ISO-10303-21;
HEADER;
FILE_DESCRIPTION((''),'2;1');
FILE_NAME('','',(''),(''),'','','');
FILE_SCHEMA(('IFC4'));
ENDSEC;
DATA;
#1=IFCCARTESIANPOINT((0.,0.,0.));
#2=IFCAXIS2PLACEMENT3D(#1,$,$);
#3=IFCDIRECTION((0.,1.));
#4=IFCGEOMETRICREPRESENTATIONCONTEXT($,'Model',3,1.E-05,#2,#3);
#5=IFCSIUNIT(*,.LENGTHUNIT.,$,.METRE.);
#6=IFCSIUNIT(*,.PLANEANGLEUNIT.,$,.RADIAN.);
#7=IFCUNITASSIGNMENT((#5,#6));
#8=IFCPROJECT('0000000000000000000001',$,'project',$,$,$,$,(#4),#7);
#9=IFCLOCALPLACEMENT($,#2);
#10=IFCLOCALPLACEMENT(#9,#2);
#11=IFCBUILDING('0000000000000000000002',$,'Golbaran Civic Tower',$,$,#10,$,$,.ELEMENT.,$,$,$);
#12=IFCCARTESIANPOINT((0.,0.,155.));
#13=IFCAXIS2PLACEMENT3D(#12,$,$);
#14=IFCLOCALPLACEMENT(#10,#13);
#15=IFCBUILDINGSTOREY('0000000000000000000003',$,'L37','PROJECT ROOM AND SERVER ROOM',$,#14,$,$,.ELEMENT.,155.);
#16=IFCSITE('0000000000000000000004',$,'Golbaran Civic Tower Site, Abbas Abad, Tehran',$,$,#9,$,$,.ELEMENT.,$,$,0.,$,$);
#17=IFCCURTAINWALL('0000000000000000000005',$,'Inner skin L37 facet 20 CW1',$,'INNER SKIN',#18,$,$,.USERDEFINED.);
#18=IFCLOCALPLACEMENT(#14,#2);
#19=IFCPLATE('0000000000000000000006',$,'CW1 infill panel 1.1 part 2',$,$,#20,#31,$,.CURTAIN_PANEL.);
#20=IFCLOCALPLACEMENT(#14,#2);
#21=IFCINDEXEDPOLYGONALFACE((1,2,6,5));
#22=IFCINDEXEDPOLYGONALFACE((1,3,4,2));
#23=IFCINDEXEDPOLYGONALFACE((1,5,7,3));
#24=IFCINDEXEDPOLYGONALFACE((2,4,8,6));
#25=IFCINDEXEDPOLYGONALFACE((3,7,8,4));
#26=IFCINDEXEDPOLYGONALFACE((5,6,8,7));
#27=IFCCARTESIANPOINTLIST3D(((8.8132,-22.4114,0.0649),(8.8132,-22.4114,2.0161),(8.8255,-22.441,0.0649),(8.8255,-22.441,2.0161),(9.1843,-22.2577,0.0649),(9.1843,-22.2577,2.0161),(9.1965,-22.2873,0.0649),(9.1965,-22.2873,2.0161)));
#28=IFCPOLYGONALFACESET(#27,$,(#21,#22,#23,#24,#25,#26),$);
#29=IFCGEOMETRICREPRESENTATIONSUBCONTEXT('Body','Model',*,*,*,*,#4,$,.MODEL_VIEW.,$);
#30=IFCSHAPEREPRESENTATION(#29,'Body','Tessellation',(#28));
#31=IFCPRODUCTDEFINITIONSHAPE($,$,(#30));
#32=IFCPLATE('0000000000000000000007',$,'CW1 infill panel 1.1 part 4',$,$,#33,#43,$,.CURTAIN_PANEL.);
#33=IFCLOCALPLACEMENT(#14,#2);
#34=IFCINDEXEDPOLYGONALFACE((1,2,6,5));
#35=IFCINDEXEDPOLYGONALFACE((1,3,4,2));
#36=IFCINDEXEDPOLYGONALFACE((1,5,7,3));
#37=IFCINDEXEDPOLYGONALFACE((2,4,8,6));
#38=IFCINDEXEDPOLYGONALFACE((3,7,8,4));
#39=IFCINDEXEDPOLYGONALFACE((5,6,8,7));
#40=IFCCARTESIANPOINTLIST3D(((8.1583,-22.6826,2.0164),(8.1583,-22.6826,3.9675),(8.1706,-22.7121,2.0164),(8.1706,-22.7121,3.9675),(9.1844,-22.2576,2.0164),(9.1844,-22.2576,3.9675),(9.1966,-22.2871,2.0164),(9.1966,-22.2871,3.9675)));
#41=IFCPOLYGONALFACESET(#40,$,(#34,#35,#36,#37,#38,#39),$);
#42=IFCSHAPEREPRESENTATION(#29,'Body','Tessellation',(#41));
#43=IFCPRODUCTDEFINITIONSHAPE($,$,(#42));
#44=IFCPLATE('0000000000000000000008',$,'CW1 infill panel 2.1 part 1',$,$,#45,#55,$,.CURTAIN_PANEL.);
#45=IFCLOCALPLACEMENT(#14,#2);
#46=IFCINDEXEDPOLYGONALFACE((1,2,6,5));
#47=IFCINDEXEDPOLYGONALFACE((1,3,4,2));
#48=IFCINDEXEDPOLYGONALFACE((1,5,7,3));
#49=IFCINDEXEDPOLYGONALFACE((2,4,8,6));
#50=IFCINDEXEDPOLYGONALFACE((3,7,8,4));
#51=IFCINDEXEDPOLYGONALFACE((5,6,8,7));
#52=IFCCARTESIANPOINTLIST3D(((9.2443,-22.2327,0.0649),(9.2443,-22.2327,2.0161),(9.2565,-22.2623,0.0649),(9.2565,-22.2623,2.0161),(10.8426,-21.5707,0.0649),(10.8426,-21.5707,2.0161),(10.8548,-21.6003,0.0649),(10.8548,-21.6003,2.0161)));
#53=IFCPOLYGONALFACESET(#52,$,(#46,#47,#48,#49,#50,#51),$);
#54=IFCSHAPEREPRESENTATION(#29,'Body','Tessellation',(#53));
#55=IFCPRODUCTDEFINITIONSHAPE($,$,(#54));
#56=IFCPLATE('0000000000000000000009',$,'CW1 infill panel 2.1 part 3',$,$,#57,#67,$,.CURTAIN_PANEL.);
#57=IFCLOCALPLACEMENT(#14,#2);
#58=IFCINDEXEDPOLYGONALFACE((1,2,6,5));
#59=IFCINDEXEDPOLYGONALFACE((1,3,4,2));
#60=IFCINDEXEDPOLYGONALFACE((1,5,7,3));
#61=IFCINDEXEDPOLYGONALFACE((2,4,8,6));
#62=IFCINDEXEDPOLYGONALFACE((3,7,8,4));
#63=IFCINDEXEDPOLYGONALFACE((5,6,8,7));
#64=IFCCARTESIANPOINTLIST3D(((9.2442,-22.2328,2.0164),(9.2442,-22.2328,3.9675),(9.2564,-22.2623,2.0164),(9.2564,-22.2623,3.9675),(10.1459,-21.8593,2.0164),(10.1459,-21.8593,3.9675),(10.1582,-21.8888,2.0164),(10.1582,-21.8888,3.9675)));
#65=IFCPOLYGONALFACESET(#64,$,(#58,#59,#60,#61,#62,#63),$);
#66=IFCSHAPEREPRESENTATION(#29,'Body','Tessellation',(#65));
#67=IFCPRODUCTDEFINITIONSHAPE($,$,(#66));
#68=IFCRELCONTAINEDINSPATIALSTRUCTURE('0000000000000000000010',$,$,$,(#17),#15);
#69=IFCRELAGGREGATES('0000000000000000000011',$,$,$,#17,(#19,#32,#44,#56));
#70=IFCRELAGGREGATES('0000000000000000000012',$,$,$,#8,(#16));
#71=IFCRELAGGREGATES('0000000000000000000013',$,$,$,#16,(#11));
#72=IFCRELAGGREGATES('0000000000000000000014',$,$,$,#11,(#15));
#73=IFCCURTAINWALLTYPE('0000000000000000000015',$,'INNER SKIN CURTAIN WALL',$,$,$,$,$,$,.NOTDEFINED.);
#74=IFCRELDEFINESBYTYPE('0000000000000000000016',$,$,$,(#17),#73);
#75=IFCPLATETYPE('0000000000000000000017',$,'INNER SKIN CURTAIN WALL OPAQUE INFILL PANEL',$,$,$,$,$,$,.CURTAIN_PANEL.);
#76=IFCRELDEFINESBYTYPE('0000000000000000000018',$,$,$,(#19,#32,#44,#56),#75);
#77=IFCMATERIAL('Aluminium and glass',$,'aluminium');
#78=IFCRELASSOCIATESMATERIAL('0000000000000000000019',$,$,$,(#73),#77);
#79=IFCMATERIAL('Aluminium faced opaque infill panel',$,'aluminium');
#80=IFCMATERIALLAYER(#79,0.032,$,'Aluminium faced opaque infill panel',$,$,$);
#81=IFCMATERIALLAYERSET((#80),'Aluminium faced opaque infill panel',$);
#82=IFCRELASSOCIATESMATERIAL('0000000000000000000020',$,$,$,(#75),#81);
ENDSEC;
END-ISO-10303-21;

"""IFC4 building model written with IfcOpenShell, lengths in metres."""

from ifc_helpers import new_model, si_unit, direction, frame, origin, origin_2d, place, context, subcontext, project, spatial, rectangle, extrude, material, layer, layer_set, type_object, element, aggregate, save


model = new_model("IFC4")

# Units and contexts
model_context = context("Model", 3, precision=1e-05, world=origin(), true_north=direction((0.0, 1.0)))
body_context = subcontext(model_context, "Body", "Model", "MODEL_VIEW")
ifc_project = project(units=[si_unit("LENGTHUNIT", "METRE"), si_unit("PLANEANGLEUNIT", "RADIAN")], contexts=[model_context])

# Site, building, storey
site_placement = place(None, origin())
site = spatial("IfcSite", under=ifc_project, at=site_placement, Name="Golbaran Civic Tower Site, Abbas Abad, Tehran", CompositionType="ELEMENT", RefElevation=0.0)
building_placement = place(site_placement, origin())
building = spatial("IfcBuilding", under=site, at=building_placement, Name="Golbaran Civic Tower", CompositionType="ELEMENT")
storey_placement = place(building_placement, frame((0.0, 0.0, 155.0)))
storey = spatial("IfcBuildingStorey", under=building, at=storey_placement, Name="L37", Description="PROJECT ROOM AND SERVER ROOM", CompositionType="ELEMENT", Elevation=155.0)

# Curtain wall
ifc_material_1 = material(Name="Aluminium and glass", Category="aluminium")
curtain_wall_type = type_object("IfcCurtainWallType", Name="INNER SKIN CURTAIN WALL", PredefinedType="NOTDEFINED", material=ifc_material_1)
curtain_wall_1_placement = place(storey_placement, origin())
curtain_wall_1 = element("IfcCurtainWall", 1, at=curtain_wall_1_placement, inside=storey, type_object=curtain_wall_type, Name="Inner skin L37 facet 20 CW1", ObjectType="INNER SKIN", PredefinedType="USERDEFINED")

# Plates
ifc_material_2 = material(Name="Aluminium faced opaque infill panel", Category="aluminium")
ifc_layer_1 = layer(ifc_material_2, 0.032, Name="Aluminium faced opaque infill panel")
ifc_layer_set_1 = layer_set([ifc_layer_1], Name="Aluminium faced opaque infill panel")
plate_type_1 = type_object("IfcPlateType", Name="INNER SKIN CURTAIN WALL OPAQUE INFILL PANEL", PredefinedType="CURTAIN_PANEL", material=ifc_layer_set_1)
plate_1_placement = place(storey_placement, frame((9.0049, -22.3494, 0.0649), z_axis=(0.0, 0.0, 1.0), x_axis=(0.92388, 0.382683, 0.0)))
plate_1 = element("IfcPlate", 2, at=plate_1_placement, type_object=plate_type_1, Name="CW1 infill panel 1.1 part 2", PredefinedType="CURTAIN_PANEL", context=body_context, shape_type="SweptSolid", body=[
    extrude(rectangle(XDim=0.4016, YDim=0.032, at=origin_2d()), origin(), (0.0, 0.0, 1.0), 1.9512),
])
plate_2_placement = place(storey_placement, frame((8.6775, -22.4849, 2.0164), z_axis=(0.0, 0.0, 1.0), x_axis=(0.92388, 0.382683, 0.0)))
plate_2 = element("IfcPlate", 3, at=plate_2_placement, type_object=plate_type_1, Name="CW1 infill panel 1.1 part 4", PredefinedType="CURTAIN_PANEL", context=body_context, shape_type="SweptSolid", body=[
    extrude(rectangle(XDim=1.1106, YDim=0.032, at=origin_2d()), origin(), (0.0, 0.0, 1.0), 1.9512),
])
plate_3_placement = place(storey_placement, frame((10.0496, -21.9165, 0.0649), z_axis=(0.0, 0.0, 1.0), x_axis=(0.92388, 0.382683, 0.0)))
plate_3 = element("IfcPlate", 4, at=plate_3_placement, type_object=plate_type_1, Name="CW1 infill panel 2.1 part 1", PredefinedType="CURTAIN_PANEL", context=body_context, shape_type="SweptSolid", body=[
    extrude(rectangle(XDim=1.73, YDim=0.032, at=origin_2d()), origin(), (0.0, 0.0, 1.0), 1.9512),
])
plate_4_placement = place(storey_placement, frame((9.7012, -22.0608, 2.0164), z_axis=(0.0, 0.0, 1.0), x_axis=(0.92388, 0.382683, 0.0)))
plate_4 = element("IfcPlate", 5, at=plate_4_placement, type_object=plate_type_1, Name="CW1 infill panel 2.1 part 3", PredefinedType="CURTAIN_PANEL", context=body_context, shape_type="SweptSolid", body=[
    extrude(rectangle(XDim=0.9761, YDim=0.032, at=origin_2d()), origin(), (0.0, 0.0, 1.0), 1.9512),
])
aggregate(curtain_wall_1, [plate_1, plate_2, plate_3, plate_4])

save(model, "model.ifc")
